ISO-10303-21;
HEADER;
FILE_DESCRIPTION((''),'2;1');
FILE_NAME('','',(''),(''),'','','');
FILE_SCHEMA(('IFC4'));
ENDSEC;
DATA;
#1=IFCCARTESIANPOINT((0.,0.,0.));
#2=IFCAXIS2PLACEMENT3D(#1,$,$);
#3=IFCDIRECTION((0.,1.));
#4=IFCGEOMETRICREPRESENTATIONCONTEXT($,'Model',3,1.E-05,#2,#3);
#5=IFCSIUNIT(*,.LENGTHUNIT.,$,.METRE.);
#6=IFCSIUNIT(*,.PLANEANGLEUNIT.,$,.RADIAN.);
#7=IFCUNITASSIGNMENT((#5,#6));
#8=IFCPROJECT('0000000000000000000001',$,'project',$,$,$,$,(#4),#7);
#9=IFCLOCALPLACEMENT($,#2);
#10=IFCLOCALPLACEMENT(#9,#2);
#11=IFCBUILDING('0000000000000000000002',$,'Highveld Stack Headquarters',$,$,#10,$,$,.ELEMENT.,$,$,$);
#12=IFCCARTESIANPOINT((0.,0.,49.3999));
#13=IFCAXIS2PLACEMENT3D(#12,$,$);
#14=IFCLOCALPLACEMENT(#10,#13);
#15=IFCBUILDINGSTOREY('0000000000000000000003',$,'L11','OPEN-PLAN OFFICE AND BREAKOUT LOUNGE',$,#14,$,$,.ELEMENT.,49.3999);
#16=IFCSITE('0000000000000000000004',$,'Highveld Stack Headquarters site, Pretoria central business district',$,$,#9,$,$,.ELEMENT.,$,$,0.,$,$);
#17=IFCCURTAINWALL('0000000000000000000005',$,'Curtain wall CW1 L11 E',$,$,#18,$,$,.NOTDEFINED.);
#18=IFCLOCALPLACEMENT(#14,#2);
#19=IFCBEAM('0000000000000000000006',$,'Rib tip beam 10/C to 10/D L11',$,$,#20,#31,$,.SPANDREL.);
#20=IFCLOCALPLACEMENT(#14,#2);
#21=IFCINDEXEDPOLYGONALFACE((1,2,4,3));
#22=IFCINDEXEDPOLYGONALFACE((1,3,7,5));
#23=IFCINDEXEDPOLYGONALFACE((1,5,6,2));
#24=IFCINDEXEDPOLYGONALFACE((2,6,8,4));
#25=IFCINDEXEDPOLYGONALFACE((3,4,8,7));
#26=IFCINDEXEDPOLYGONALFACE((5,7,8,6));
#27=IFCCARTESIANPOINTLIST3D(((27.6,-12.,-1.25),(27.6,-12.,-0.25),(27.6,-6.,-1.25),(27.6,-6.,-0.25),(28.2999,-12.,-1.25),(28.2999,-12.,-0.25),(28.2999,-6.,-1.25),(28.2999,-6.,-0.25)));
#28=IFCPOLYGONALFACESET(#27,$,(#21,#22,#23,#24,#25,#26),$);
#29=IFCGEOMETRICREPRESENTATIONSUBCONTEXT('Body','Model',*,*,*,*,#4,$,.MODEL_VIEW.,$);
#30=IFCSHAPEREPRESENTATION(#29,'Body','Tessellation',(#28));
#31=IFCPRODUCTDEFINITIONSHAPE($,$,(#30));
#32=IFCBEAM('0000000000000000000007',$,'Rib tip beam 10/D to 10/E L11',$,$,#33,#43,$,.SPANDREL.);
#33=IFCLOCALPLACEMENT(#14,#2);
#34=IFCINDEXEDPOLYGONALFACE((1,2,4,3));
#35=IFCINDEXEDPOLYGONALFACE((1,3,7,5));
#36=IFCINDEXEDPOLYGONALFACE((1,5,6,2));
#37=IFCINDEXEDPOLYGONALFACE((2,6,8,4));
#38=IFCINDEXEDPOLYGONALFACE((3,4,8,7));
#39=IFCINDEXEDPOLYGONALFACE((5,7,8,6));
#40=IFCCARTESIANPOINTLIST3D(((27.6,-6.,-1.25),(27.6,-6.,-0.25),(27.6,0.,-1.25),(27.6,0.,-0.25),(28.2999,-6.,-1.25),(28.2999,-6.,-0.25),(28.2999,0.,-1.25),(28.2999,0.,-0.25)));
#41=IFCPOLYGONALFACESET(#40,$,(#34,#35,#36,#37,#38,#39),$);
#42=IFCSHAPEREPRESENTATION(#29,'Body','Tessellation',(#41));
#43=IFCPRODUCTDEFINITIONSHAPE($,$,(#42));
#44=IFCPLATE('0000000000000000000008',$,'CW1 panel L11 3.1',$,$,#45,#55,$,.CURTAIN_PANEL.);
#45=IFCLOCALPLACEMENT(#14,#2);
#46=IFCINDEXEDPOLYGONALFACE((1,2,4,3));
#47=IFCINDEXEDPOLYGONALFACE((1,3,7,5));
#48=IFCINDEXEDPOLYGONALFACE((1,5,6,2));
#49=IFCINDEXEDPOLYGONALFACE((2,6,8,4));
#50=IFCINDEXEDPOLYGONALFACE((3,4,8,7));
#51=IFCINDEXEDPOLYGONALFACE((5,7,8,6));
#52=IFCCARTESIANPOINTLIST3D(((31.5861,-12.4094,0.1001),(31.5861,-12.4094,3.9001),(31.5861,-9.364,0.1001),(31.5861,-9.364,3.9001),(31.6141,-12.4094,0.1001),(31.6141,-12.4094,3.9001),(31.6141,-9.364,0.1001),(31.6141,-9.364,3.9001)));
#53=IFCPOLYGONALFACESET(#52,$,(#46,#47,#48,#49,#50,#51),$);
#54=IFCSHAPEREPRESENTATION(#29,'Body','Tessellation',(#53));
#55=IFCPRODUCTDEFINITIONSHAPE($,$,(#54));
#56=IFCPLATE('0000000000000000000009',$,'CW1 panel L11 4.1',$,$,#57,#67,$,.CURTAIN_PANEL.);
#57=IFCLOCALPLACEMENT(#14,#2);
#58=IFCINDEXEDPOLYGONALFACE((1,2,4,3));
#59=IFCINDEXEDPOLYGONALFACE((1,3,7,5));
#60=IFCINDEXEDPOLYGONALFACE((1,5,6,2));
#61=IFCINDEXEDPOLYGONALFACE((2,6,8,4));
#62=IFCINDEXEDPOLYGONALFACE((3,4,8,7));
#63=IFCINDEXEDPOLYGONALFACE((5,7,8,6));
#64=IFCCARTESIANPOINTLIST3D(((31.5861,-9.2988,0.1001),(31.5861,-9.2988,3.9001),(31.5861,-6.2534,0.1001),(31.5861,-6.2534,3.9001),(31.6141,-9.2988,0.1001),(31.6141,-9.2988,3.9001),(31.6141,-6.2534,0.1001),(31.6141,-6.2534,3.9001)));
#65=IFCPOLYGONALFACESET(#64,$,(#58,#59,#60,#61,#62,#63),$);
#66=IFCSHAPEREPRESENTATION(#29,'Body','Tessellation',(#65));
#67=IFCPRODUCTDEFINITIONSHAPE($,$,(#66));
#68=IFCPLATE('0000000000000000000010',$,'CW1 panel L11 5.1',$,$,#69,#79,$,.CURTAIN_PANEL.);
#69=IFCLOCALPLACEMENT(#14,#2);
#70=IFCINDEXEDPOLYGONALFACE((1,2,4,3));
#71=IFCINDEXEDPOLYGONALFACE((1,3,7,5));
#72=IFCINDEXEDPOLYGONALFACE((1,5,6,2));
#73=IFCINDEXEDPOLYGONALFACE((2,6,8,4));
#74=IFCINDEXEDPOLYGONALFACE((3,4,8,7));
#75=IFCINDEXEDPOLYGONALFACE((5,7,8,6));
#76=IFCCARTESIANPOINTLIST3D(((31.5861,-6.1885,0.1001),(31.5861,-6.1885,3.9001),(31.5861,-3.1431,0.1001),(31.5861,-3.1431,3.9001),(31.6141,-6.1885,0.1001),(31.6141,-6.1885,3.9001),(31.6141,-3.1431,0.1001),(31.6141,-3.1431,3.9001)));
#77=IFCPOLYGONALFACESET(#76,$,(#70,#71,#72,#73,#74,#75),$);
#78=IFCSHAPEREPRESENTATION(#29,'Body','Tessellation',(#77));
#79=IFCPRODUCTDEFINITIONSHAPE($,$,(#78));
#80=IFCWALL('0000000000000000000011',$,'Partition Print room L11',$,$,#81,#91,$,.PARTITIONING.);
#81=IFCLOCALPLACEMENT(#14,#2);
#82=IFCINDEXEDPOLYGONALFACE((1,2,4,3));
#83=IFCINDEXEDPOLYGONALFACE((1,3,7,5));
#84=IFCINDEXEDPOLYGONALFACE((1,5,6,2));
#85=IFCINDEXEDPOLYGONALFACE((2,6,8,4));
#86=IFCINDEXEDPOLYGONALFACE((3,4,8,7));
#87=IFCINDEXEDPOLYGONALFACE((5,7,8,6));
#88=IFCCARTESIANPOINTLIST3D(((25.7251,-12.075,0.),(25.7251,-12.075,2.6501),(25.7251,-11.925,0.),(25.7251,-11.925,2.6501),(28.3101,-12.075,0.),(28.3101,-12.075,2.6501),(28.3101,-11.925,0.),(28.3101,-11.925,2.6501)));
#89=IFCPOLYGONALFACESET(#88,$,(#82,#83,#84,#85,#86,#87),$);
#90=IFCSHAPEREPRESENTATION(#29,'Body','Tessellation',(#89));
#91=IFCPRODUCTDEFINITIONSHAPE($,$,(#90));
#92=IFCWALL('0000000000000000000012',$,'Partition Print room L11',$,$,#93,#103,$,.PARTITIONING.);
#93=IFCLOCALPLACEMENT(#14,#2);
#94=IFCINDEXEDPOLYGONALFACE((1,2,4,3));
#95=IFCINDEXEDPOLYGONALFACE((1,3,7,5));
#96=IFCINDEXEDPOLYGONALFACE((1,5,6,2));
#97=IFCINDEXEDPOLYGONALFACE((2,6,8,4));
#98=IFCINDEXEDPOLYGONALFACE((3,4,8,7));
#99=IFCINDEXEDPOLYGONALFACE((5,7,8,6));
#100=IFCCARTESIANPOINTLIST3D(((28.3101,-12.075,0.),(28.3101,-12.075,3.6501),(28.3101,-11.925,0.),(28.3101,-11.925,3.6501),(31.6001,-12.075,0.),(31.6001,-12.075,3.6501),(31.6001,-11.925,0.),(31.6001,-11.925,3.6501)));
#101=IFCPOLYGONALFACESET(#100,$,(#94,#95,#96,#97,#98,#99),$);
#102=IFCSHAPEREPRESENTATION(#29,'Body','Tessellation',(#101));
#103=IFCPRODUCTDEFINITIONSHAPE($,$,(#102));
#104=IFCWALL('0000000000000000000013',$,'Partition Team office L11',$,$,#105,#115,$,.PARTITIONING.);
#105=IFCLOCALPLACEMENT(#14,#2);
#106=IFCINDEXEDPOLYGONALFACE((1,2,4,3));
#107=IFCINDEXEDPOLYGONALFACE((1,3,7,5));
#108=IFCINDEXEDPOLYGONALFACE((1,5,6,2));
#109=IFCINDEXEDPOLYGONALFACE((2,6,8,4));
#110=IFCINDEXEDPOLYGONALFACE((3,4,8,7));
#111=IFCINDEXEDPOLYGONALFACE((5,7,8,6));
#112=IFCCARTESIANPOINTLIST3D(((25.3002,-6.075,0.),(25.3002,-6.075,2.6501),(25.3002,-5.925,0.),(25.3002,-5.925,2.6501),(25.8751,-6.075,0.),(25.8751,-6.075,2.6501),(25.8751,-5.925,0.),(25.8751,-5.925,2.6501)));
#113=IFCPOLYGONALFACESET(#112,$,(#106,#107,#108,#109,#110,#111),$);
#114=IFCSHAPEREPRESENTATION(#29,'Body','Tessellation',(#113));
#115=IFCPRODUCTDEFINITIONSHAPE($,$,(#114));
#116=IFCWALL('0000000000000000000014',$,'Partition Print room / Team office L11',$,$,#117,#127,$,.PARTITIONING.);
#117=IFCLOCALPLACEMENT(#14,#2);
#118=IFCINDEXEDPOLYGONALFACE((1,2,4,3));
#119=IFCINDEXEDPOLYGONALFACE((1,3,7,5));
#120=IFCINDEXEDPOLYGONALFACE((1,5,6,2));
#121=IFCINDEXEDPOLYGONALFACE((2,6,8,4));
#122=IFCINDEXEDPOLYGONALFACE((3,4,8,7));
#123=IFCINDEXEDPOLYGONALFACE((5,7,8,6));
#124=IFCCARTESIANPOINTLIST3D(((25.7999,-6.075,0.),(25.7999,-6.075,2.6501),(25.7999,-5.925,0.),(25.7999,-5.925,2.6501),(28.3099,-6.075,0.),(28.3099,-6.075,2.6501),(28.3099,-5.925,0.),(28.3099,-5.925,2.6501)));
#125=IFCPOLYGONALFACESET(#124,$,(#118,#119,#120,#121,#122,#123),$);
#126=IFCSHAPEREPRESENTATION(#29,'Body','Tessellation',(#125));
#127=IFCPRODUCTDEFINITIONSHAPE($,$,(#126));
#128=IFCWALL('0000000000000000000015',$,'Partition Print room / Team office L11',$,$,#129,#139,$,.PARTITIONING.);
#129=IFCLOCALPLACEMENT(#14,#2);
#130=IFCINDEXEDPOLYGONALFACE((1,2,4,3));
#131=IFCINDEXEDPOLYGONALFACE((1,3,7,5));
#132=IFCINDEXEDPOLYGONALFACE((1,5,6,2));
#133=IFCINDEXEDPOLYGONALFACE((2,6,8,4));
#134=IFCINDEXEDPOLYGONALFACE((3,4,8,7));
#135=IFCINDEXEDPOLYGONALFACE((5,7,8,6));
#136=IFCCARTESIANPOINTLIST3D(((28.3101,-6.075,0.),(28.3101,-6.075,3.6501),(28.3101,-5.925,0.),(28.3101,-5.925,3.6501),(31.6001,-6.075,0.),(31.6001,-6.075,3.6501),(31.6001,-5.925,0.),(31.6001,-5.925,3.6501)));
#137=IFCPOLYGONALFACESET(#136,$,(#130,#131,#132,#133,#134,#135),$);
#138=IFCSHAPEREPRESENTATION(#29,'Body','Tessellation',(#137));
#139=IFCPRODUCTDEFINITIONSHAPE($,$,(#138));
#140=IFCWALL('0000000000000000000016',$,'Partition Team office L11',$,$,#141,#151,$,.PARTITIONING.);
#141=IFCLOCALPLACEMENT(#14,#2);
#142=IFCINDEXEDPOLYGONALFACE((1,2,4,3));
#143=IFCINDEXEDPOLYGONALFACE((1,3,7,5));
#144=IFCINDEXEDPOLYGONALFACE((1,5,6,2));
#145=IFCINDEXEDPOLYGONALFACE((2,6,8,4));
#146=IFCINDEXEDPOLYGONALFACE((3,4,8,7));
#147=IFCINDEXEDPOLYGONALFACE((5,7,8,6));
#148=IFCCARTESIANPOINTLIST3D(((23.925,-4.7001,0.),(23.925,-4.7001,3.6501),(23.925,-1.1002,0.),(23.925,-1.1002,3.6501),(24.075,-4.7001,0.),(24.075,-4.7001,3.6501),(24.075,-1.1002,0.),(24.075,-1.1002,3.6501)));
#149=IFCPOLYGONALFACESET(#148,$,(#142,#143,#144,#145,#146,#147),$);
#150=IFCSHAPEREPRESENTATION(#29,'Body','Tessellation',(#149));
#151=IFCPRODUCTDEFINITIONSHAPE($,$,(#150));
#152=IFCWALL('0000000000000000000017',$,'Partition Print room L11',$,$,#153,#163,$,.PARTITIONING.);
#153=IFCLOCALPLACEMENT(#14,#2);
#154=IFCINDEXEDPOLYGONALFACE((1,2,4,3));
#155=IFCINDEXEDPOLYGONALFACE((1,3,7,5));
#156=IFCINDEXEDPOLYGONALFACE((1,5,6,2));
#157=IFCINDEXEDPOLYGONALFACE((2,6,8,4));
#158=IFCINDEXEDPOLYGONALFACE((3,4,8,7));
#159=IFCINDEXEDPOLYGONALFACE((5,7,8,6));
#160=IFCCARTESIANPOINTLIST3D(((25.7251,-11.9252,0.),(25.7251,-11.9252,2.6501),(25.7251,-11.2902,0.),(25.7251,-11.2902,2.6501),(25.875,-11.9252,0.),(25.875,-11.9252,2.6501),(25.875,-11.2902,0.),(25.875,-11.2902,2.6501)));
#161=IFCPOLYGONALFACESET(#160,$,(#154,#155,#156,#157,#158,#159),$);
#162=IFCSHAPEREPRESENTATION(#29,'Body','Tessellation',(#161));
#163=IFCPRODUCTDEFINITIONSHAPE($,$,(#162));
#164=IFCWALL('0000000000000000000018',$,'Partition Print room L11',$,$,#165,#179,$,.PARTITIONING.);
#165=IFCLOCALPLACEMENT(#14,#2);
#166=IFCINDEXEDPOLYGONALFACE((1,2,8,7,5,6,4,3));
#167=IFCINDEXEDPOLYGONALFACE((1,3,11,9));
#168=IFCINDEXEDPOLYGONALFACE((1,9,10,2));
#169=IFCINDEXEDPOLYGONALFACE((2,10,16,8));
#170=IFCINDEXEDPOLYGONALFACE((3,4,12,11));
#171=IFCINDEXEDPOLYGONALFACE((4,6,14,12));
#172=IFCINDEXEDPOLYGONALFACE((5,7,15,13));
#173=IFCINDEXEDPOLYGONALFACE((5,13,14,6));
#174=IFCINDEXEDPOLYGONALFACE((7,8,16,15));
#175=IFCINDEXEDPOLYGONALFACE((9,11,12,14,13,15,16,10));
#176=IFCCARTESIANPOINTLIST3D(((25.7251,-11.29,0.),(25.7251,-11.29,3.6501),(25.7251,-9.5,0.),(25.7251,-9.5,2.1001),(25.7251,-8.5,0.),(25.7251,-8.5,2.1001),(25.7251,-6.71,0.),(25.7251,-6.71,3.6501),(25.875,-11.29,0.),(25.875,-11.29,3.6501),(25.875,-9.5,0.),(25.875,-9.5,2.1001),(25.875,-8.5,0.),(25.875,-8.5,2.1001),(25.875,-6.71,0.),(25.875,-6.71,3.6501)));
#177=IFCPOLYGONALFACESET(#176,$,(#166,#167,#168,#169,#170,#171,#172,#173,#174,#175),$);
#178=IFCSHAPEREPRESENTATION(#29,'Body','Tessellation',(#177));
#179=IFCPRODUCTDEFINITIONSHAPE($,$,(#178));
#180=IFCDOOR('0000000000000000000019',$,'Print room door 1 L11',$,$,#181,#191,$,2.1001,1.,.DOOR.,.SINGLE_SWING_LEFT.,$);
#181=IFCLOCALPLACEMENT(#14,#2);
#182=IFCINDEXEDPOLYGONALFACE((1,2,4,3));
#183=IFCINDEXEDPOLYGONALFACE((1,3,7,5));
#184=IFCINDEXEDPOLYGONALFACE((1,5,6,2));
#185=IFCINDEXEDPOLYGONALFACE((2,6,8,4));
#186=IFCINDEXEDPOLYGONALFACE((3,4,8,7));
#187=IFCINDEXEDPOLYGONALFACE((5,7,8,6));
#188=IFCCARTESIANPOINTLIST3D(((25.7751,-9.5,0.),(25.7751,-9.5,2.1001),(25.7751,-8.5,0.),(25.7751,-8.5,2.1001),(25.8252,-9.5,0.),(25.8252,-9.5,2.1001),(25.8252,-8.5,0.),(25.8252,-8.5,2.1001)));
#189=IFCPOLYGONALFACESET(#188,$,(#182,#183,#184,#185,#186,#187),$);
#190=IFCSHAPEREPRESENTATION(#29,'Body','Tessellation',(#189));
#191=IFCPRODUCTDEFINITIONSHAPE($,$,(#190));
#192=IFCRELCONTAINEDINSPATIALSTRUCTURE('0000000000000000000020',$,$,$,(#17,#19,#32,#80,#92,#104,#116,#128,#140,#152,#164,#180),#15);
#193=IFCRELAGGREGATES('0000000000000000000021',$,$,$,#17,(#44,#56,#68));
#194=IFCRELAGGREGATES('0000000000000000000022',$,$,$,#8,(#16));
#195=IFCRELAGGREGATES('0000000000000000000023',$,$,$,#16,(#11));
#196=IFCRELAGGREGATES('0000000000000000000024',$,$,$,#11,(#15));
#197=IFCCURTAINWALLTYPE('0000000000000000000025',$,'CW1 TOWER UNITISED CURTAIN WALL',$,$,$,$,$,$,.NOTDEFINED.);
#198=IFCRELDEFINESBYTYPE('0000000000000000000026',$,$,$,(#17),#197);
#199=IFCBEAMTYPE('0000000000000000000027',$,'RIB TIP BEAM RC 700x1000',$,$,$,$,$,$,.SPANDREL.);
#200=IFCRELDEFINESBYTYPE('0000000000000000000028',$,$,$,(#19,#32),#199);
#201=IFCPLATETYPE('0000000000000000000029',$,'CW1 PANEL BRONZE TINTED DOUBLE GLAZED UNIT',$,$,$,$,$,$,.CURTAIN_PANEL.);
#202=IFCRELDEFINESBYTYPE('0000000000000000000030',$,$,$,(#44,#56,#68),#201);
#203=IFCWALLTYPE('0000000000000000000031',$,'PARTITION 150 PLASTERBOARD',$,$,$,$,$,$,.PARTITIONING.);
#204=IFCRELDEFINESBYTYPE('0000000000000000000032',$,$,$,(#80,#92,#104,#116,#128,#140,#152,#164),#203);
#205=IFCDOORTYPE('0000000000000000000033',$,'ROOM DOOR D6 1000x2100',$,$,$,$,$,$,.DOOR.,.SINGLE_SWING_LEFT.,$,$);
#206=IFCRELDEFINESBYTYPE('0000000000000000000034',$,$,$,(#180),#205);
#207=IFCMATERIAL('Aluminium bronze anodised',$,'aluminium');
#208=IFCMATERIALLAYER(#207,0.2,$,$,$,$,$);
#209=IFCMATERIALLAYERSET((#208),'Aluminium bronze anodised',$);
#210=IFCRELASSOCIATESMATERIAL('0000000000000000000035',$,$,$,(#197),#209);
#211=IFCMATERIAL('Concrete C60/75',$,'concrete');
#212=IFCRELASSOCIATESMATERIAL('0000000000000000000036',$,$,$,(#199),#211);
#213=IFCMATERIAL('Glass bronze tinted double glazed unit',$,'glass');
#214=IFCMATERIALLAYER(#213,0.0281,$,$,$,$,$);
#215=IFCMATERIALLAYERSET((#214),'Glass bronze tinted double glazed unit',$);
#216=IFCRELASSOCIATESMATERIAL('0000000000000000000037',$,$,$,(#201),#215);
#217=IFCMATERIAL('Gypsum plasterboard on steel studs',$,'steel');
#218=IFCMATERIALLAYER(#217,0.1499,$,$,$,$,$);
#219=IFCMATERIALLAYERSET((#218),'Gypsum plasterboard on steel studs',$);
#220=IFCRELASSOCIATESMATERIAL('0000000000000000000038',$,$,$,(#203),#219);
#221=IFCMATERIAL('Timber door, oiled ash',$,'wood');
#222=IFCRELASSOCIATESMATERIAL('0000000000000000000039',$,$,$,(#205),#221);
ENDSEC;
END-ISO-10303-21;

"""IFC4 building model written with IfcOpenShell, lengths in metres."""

from ifc_helpers import new_model, si_unit, direction, frame, frame_2d, origin, origin_2d, place, context, subcontext, project, spatial, rectangle, extrude, material, layer, layer_set, material_profile, profile_set, type_object, element, fill, aggregate, save


model = new_model("IFC4")

# Units and contexts
model_context = context("Model", 3, precision=1e-05, world=origin(), true_north=direction((0.0, 1.0)))
body_context = subcontext(model_context, "Body", "Model", "MODEL_VIEW")
ifc_project = project(units=[si_unit("LENGTHUNIT", "METRE"), si_unit("PLANEANGLEUNIT", "RADIAN")], contexts=[model_context])

# Site, building, storey
site_placement = place(None, origin())
site = spatial("IfcSite", under=ifc_project, at=site_placement, Name="Highveld Stack Headquarters site, Pretoria central business district", CompositionType="ELEMENT", RefElevation=0.0)
building_placement = place(site_placement, origin())
building = spatial("IfcBuilding", under=site, at=building_placement, Name="Highveld Stack Headquarters", CompositionType="ELEMENT")
storey_placement = place(building_placement, frame((0.0, 0.0, 49.3999)))
storey = spatial("IfcBuildingStorey", under=building, at=storey_placement, Name="L11", Description="OPEN-PLAN OFFICE AND BREAKOUT LOUNGE", CompositionType="ELEMENT", Elevation=49.3999)

# Curtain wall
ifc_material_1 = material(Name="Aluminium bronze anodised", Category="aluminium")
ifc_layer_1 = layer(ifc_material_1, 0.2)
ifc_layer_set_1 = layer_set([ifc_layer_1], Name="Aluminium bronze anodised")
curtain_wall_type = type_object("IfcCurtainWallType", Name="CW1 TOWER UNITISED CURTAIN WALL", PredefinedType="NOTDEFINED", material=ifc_layer_set_1)
curtain_wall_placement = place(storey_placement, origin())
curtain_wall = element("IfcCurtainWall", 1, at=curtain_wall_placement, inside=storey, type_object=curtain_wall_type, Name="Curtain wall CW1 L11 E", PredefinedType="NOTDEFINED")

# Beams
ifc_material_2 = material(Name="Concrete C60/75", Category="concrete")
ifc_material_profile_1 = material_profile(ifc_material_2, rectangle(XDim=0.7, YDim=1.0, at=origin_2d()), Name="RC 700x1000")
ifc_profile_set_1 = profile_set([ifc_material_profile_1], Name="Concrete C60/75")
beam_type_1 = type_object("IfcBeamType", Name="RIB TIP BEAM RC 700x1000", PredefinedType="SPANDREL", material=ifc_profile_set_1)
for number, where, z_axis, x_axis, name in (
    (2, (27.95, -12.0, -0.75), (0.0, 1.0, 0.0), (-1.0, 0.0, 0.0), "Rib tip beam 10/C to 10/D L11"),
    (3, (27.95, -6.0, -0.75), (0.0, 1.0, 0.0), (-1.0, 0.0, 0.0), "Rib tip beam 10/D to 10/E L11"),
):
    element("IfcBeam", number, at=place(storey_placement, frame(where, z_axis=z_axis, x_axis=x_axis)), inside=storey, type_object=beam_type_1, Name=name, PredefinedType="SPANDREL", context=body_context, shape_type="SweptSolid", body=[
        extrude(rectangle(XDim=0.7, YDim=1.0, at=origin_2d()), origin(), (0.0, 0.0, 1.0), 6.0),
    ])

# Plates
ifc_material_3 = material(Name="Glass bronze tinted double glazed unit", Category="glass")
ifc_layer_2 = layer(ifc_material_3, 0.0281)
ifc_layer_set_2 = layer_set([ifc_layer_2], Name="Glass bronze tinted double glazed unit")
plate_type = type_object("IfcPlateType", Name="CW1 PANEL BRONZE TINTED DOUBLE GLAZED UNIT", PredefinedType="CURTAIN_PANEL", material=ifc_layer_set_2)
plate_1_placement = place(storey_placement, frame((31.6001, -10.8867, 0.1001), z_axis=(0.0, 0.0, 1.0), x_axis=(0.0, 1.0, 0.0)))
plate_1 = element("IfcPlate", 4, at=plate_1_placement, type_object=plate_type, Name="CW1 panel L11 3.1", PredefinedType="CURTAIN_PANEL", context=body_context, shape_type="SweptSolid", body=[
    extrude(rectangle(XDim=3.0454, YDim=0.0281, at=origin_2d()), origin(), (0.0, 0.0, 1.0), 3.8),
])
plate_2_placement = place(storey_placement, frame((31.6001, -7.7761, 0.1001), z_axis=(0.0, 0.0, 1.0), x_axis=(0.0, 1.0, 0.0)))
plate_2 = element("IfcPlate", 5, at=plate_2_placement, type_object=plate_type, Name="CW1 panel L11 4.1", PredefinedType="CURTAIN_PANEL", context=body_context, shape_type="SweptSolid", body=[
    extrude(rectangle(XDim=3.0454, YDim=0.0281, at=origin_2d()), origin(), (0.0, 0.0, 1.0), 3.8),
])
plate_3_placement = place(storey_placement, frame((31.6001, -4.6658, 0.1001), z_axis=(0.0, 0.0, 1.0), x_axis=(0.0, 1.0, 0.0)))
plate_3 = element("IfcPlate", 6, at=plate_3_placement, type_object=plate_type, Name="CW1 panel L11 5.1", PredefinedType="CURTAIN_PANEL", context=body_context, shape_type="SweptSolid", body=[
    extrude(rectangle(XDim=3.0454, YDim=0.0281, at=origin_2d()), origin(), (0.0, 0.0, 1.0), 3.8),
])
aggregate(curtain_wall, [plate_1, plate_2, plate_3])

# Walls
ifc_material_4 = material(Name="Gypsum plasterboard on steel studs", Category="steel")
ifc_layer_3 = layer(ifc_material_4, 0.1499)
ifc_layer_set_3 = layer_set([ifc_layer_3], Name="Gypsum plasterboard on steel studs")
wall_type = type_object("IfcWallType", Name="PARTITION 150 PLASTERBOARD", PredefinedType="PARTITIONING", material=ifc_layer_set_3)
wall_1_placement = place(storey_placement, frame((25.7251, -12.0, 0.0), z_axis=(0.0, 0.0, 1.0), x_axis=(1.0, 0.0, 0.0)))
element("IfcWall", 7, at=wall_1_placement, inside=storey, type_object=wall_type, Name="Partition Print room L11", PredefinedType="PARTITIONING", context=body_context, shape_type="SweptSolid", body=[
    extrude(rectangle(XDim=2.585, YDim=0.1499, at=frame_2d((1.2925, 0.0))), origin(), (0.0, 0.0, 1.0), 2.6501),
])
wall_2_placement = place(storey_placement, frame((28.3101, -12.0, 0.0), z_axis=(0.0, 0.0, 1.0), x_axis=(1.0, 0.0, 0.0)))
element("IfcWall", 8, at=wall_2_placement, inside=storey, type_object=wall_type, Name="Partition Print room L11", PredefinedType="PARTITIONING", context=body_context, shape_type="SweptSolid", body=[
    extrude(rectangle(XDim=3.29, YDim=0.1499, at=frame_2d((1.645, 0.0))), origin(), (0.0, 0.0, 1.0), 3.6501),
])
wall_3_placement = place(storey_placement, frame((25.3, -6.0, 0.0), z_axis=(0.0, 0.0, 1.0), x_axis=(1.0, 0.0, 0.0)))
element("IfcWall", 9, at=wall_3_placement, inside=storey, type_object=wall_type, Name="Partition Team office L11", PredefinedType="PARTITIONING", context=body_context, shape_type="SweptSolid", body=[
    extrude(rectangle(XDim=0.575, YDim=0.1499, at=frame_2d((0.2876, 0.0))), origin(), (0.0, 0.0, 1.0), 2.6501),
])
wall_4_placement = place(storey_placement, frame((25.8, -6.0, 0.0), z_axis=(0.0, 0.0, 1.0), x_axis=(1.0, 0.0, 0.0)))
element("IfcWall", 10, at=wall_4_placement, inside=storey, type_object=wall_type, Name="Partition Print room / Team office L11", PredefinedType="PARTITIONING", context=body_context, shape_type="SweptSolid", body=[
    extrude(rectangle(XDim=2.51, YDim=0.1499, at=frame_2d((1.2549, 0.0))), origin(), (0.0, 0.0, 1.0), 2.6501),
])
wall_5_placement = place(storey_placement, frame((28.3101, -6.0, 0.0), z_axis=(0.0, 0.0, 1.0), x_axis=(1.0, 0.0, 0.0)))
element("IfcWall", 11, at=wall_5_placement, inside=storey, type_object=wall_type, Name="Partition Print room / Team office L11", PredefinedType="PARTITIONING", context=body_context, shape_type="SweptSolid", body=[
    extrude(rectangle(XDim=3.29, YDim=0.1499, at=frame_2d((1.645, 0.0))), origin(), (0.0, 0.0, 1.0), 3.6501),
])
wall_6_placement = place(storey_placement, frame((24.0, -4.7, 0.0), z_axis=(0.0, 0.0, 1.0), x_axis=(0.0, 1.0, 0.0)))
element("IfcWall", 12, at=wall_6_placement, inside=storey, type_object=wall_type, Name="Partition Team office L11", PredefinedType="PARTITIONING", context=body_context, shape_type="SweptSolid", body=[
    extrude(rectangle(XDim=3.5999, YDim=0.1499, at=frame_2d((1.7998, 0.0))), origin(), (0.0, 0.0, 1.0), 3.6501),
])
wall_7_placement = place(storey_placement, frame((25.8, -11.925, 0.0), z_axis=(0.0, 0.0, 1.0), x_axis=(0.0, 1.0, 0.0)))
element("IfcWall", 13, at=wall_7_placement, inside=storey, type_object=wall_type, Name="Partition Print room L11", PredefinedType="PARTITIONING", context=body_context, shape_type="SweptSolid", body=[
    extrude(rectangle(XDim=0.635, YDim=0.1499, at=frame_2d((0.3174, 0.0))), origin(), (0.0, 0.0, 1.0), 2.6501),
])

# Wall, opening, door
wall_8_placement = place(storey_placement, frame((25.8, -11.29, 0.0), z_axis=(0.0, 0.0, 1.0), x_axis=(0.0, 1.0, 0.0)))
wall_8 = element("IfcWall", 14, at=wall_8_placement, inside=storey, type_object=wall_type, Name="Partition Print room L11", PredefinedType="PARTITIONING", context=body_context, shape_type="SweptSolid", body=[
    extrude(rectangle(XDim=4.5801, YDim=0.1499, at=frame_2d((2.29, 0.0))), origin(), (0.0, 0.0, 1.0), 3.6501),
])
opening_placement = place(wall_8_placement, frame((1.79, 0.0, 0.0)))
opening = element("IfcOpeningElement", 15, at=opening_placement, cuts=wall_8, PredefinedType="OPENING", context=body_context, shape_type="SweptSolid", body=[
    extrude(rectangle(XDim=1.0, YDim=2.1001, at=frame_2d((0.5, 1.05))), frame((0.0, 0.085, 0.0), z_axis=(0.0, -1.0, 0.0), x_axis=(1.0, 0.0, 0.0)), (0.0, 0.0, 1.0), 0.1699),
])
ifc_material_5 = material(Name="Timber door, oiled ash", Category="wood")
door_type = type_object("IfcDoorType", Name="ROOM DOOR D6 1000x2100", OperationType="SINGLE_SWING_LEFT", PredefinedType="DOOR", material=ifc_material_5)
door_placement = place(opening_placement, origin())
door = element("IfcDoor", 16, at=door_placement, inside=storey, type_object=door_type, Name="Print room door 1 L11", OperationType="SINGLE_SWING_LEFT", OverallHeight=2.1001, OverallWidth=1.0, PredefinedType="DOOR", context=body_context, shape_type="SweptSolid", body=[
    extrude(rectangle(XDim=1.0, YDim=2.1001, at=frame_2d((0.5, 1.05))), frame((0.0, 0.0249, 0.0), z_axis=(0.0, -1.0, 0.0), x_axis=(1.0, 0.0, 0.0)), (0.0, 0.0, 1.0), 0.05),
])
fill(opening, door)

save(model, "model.ifc")
